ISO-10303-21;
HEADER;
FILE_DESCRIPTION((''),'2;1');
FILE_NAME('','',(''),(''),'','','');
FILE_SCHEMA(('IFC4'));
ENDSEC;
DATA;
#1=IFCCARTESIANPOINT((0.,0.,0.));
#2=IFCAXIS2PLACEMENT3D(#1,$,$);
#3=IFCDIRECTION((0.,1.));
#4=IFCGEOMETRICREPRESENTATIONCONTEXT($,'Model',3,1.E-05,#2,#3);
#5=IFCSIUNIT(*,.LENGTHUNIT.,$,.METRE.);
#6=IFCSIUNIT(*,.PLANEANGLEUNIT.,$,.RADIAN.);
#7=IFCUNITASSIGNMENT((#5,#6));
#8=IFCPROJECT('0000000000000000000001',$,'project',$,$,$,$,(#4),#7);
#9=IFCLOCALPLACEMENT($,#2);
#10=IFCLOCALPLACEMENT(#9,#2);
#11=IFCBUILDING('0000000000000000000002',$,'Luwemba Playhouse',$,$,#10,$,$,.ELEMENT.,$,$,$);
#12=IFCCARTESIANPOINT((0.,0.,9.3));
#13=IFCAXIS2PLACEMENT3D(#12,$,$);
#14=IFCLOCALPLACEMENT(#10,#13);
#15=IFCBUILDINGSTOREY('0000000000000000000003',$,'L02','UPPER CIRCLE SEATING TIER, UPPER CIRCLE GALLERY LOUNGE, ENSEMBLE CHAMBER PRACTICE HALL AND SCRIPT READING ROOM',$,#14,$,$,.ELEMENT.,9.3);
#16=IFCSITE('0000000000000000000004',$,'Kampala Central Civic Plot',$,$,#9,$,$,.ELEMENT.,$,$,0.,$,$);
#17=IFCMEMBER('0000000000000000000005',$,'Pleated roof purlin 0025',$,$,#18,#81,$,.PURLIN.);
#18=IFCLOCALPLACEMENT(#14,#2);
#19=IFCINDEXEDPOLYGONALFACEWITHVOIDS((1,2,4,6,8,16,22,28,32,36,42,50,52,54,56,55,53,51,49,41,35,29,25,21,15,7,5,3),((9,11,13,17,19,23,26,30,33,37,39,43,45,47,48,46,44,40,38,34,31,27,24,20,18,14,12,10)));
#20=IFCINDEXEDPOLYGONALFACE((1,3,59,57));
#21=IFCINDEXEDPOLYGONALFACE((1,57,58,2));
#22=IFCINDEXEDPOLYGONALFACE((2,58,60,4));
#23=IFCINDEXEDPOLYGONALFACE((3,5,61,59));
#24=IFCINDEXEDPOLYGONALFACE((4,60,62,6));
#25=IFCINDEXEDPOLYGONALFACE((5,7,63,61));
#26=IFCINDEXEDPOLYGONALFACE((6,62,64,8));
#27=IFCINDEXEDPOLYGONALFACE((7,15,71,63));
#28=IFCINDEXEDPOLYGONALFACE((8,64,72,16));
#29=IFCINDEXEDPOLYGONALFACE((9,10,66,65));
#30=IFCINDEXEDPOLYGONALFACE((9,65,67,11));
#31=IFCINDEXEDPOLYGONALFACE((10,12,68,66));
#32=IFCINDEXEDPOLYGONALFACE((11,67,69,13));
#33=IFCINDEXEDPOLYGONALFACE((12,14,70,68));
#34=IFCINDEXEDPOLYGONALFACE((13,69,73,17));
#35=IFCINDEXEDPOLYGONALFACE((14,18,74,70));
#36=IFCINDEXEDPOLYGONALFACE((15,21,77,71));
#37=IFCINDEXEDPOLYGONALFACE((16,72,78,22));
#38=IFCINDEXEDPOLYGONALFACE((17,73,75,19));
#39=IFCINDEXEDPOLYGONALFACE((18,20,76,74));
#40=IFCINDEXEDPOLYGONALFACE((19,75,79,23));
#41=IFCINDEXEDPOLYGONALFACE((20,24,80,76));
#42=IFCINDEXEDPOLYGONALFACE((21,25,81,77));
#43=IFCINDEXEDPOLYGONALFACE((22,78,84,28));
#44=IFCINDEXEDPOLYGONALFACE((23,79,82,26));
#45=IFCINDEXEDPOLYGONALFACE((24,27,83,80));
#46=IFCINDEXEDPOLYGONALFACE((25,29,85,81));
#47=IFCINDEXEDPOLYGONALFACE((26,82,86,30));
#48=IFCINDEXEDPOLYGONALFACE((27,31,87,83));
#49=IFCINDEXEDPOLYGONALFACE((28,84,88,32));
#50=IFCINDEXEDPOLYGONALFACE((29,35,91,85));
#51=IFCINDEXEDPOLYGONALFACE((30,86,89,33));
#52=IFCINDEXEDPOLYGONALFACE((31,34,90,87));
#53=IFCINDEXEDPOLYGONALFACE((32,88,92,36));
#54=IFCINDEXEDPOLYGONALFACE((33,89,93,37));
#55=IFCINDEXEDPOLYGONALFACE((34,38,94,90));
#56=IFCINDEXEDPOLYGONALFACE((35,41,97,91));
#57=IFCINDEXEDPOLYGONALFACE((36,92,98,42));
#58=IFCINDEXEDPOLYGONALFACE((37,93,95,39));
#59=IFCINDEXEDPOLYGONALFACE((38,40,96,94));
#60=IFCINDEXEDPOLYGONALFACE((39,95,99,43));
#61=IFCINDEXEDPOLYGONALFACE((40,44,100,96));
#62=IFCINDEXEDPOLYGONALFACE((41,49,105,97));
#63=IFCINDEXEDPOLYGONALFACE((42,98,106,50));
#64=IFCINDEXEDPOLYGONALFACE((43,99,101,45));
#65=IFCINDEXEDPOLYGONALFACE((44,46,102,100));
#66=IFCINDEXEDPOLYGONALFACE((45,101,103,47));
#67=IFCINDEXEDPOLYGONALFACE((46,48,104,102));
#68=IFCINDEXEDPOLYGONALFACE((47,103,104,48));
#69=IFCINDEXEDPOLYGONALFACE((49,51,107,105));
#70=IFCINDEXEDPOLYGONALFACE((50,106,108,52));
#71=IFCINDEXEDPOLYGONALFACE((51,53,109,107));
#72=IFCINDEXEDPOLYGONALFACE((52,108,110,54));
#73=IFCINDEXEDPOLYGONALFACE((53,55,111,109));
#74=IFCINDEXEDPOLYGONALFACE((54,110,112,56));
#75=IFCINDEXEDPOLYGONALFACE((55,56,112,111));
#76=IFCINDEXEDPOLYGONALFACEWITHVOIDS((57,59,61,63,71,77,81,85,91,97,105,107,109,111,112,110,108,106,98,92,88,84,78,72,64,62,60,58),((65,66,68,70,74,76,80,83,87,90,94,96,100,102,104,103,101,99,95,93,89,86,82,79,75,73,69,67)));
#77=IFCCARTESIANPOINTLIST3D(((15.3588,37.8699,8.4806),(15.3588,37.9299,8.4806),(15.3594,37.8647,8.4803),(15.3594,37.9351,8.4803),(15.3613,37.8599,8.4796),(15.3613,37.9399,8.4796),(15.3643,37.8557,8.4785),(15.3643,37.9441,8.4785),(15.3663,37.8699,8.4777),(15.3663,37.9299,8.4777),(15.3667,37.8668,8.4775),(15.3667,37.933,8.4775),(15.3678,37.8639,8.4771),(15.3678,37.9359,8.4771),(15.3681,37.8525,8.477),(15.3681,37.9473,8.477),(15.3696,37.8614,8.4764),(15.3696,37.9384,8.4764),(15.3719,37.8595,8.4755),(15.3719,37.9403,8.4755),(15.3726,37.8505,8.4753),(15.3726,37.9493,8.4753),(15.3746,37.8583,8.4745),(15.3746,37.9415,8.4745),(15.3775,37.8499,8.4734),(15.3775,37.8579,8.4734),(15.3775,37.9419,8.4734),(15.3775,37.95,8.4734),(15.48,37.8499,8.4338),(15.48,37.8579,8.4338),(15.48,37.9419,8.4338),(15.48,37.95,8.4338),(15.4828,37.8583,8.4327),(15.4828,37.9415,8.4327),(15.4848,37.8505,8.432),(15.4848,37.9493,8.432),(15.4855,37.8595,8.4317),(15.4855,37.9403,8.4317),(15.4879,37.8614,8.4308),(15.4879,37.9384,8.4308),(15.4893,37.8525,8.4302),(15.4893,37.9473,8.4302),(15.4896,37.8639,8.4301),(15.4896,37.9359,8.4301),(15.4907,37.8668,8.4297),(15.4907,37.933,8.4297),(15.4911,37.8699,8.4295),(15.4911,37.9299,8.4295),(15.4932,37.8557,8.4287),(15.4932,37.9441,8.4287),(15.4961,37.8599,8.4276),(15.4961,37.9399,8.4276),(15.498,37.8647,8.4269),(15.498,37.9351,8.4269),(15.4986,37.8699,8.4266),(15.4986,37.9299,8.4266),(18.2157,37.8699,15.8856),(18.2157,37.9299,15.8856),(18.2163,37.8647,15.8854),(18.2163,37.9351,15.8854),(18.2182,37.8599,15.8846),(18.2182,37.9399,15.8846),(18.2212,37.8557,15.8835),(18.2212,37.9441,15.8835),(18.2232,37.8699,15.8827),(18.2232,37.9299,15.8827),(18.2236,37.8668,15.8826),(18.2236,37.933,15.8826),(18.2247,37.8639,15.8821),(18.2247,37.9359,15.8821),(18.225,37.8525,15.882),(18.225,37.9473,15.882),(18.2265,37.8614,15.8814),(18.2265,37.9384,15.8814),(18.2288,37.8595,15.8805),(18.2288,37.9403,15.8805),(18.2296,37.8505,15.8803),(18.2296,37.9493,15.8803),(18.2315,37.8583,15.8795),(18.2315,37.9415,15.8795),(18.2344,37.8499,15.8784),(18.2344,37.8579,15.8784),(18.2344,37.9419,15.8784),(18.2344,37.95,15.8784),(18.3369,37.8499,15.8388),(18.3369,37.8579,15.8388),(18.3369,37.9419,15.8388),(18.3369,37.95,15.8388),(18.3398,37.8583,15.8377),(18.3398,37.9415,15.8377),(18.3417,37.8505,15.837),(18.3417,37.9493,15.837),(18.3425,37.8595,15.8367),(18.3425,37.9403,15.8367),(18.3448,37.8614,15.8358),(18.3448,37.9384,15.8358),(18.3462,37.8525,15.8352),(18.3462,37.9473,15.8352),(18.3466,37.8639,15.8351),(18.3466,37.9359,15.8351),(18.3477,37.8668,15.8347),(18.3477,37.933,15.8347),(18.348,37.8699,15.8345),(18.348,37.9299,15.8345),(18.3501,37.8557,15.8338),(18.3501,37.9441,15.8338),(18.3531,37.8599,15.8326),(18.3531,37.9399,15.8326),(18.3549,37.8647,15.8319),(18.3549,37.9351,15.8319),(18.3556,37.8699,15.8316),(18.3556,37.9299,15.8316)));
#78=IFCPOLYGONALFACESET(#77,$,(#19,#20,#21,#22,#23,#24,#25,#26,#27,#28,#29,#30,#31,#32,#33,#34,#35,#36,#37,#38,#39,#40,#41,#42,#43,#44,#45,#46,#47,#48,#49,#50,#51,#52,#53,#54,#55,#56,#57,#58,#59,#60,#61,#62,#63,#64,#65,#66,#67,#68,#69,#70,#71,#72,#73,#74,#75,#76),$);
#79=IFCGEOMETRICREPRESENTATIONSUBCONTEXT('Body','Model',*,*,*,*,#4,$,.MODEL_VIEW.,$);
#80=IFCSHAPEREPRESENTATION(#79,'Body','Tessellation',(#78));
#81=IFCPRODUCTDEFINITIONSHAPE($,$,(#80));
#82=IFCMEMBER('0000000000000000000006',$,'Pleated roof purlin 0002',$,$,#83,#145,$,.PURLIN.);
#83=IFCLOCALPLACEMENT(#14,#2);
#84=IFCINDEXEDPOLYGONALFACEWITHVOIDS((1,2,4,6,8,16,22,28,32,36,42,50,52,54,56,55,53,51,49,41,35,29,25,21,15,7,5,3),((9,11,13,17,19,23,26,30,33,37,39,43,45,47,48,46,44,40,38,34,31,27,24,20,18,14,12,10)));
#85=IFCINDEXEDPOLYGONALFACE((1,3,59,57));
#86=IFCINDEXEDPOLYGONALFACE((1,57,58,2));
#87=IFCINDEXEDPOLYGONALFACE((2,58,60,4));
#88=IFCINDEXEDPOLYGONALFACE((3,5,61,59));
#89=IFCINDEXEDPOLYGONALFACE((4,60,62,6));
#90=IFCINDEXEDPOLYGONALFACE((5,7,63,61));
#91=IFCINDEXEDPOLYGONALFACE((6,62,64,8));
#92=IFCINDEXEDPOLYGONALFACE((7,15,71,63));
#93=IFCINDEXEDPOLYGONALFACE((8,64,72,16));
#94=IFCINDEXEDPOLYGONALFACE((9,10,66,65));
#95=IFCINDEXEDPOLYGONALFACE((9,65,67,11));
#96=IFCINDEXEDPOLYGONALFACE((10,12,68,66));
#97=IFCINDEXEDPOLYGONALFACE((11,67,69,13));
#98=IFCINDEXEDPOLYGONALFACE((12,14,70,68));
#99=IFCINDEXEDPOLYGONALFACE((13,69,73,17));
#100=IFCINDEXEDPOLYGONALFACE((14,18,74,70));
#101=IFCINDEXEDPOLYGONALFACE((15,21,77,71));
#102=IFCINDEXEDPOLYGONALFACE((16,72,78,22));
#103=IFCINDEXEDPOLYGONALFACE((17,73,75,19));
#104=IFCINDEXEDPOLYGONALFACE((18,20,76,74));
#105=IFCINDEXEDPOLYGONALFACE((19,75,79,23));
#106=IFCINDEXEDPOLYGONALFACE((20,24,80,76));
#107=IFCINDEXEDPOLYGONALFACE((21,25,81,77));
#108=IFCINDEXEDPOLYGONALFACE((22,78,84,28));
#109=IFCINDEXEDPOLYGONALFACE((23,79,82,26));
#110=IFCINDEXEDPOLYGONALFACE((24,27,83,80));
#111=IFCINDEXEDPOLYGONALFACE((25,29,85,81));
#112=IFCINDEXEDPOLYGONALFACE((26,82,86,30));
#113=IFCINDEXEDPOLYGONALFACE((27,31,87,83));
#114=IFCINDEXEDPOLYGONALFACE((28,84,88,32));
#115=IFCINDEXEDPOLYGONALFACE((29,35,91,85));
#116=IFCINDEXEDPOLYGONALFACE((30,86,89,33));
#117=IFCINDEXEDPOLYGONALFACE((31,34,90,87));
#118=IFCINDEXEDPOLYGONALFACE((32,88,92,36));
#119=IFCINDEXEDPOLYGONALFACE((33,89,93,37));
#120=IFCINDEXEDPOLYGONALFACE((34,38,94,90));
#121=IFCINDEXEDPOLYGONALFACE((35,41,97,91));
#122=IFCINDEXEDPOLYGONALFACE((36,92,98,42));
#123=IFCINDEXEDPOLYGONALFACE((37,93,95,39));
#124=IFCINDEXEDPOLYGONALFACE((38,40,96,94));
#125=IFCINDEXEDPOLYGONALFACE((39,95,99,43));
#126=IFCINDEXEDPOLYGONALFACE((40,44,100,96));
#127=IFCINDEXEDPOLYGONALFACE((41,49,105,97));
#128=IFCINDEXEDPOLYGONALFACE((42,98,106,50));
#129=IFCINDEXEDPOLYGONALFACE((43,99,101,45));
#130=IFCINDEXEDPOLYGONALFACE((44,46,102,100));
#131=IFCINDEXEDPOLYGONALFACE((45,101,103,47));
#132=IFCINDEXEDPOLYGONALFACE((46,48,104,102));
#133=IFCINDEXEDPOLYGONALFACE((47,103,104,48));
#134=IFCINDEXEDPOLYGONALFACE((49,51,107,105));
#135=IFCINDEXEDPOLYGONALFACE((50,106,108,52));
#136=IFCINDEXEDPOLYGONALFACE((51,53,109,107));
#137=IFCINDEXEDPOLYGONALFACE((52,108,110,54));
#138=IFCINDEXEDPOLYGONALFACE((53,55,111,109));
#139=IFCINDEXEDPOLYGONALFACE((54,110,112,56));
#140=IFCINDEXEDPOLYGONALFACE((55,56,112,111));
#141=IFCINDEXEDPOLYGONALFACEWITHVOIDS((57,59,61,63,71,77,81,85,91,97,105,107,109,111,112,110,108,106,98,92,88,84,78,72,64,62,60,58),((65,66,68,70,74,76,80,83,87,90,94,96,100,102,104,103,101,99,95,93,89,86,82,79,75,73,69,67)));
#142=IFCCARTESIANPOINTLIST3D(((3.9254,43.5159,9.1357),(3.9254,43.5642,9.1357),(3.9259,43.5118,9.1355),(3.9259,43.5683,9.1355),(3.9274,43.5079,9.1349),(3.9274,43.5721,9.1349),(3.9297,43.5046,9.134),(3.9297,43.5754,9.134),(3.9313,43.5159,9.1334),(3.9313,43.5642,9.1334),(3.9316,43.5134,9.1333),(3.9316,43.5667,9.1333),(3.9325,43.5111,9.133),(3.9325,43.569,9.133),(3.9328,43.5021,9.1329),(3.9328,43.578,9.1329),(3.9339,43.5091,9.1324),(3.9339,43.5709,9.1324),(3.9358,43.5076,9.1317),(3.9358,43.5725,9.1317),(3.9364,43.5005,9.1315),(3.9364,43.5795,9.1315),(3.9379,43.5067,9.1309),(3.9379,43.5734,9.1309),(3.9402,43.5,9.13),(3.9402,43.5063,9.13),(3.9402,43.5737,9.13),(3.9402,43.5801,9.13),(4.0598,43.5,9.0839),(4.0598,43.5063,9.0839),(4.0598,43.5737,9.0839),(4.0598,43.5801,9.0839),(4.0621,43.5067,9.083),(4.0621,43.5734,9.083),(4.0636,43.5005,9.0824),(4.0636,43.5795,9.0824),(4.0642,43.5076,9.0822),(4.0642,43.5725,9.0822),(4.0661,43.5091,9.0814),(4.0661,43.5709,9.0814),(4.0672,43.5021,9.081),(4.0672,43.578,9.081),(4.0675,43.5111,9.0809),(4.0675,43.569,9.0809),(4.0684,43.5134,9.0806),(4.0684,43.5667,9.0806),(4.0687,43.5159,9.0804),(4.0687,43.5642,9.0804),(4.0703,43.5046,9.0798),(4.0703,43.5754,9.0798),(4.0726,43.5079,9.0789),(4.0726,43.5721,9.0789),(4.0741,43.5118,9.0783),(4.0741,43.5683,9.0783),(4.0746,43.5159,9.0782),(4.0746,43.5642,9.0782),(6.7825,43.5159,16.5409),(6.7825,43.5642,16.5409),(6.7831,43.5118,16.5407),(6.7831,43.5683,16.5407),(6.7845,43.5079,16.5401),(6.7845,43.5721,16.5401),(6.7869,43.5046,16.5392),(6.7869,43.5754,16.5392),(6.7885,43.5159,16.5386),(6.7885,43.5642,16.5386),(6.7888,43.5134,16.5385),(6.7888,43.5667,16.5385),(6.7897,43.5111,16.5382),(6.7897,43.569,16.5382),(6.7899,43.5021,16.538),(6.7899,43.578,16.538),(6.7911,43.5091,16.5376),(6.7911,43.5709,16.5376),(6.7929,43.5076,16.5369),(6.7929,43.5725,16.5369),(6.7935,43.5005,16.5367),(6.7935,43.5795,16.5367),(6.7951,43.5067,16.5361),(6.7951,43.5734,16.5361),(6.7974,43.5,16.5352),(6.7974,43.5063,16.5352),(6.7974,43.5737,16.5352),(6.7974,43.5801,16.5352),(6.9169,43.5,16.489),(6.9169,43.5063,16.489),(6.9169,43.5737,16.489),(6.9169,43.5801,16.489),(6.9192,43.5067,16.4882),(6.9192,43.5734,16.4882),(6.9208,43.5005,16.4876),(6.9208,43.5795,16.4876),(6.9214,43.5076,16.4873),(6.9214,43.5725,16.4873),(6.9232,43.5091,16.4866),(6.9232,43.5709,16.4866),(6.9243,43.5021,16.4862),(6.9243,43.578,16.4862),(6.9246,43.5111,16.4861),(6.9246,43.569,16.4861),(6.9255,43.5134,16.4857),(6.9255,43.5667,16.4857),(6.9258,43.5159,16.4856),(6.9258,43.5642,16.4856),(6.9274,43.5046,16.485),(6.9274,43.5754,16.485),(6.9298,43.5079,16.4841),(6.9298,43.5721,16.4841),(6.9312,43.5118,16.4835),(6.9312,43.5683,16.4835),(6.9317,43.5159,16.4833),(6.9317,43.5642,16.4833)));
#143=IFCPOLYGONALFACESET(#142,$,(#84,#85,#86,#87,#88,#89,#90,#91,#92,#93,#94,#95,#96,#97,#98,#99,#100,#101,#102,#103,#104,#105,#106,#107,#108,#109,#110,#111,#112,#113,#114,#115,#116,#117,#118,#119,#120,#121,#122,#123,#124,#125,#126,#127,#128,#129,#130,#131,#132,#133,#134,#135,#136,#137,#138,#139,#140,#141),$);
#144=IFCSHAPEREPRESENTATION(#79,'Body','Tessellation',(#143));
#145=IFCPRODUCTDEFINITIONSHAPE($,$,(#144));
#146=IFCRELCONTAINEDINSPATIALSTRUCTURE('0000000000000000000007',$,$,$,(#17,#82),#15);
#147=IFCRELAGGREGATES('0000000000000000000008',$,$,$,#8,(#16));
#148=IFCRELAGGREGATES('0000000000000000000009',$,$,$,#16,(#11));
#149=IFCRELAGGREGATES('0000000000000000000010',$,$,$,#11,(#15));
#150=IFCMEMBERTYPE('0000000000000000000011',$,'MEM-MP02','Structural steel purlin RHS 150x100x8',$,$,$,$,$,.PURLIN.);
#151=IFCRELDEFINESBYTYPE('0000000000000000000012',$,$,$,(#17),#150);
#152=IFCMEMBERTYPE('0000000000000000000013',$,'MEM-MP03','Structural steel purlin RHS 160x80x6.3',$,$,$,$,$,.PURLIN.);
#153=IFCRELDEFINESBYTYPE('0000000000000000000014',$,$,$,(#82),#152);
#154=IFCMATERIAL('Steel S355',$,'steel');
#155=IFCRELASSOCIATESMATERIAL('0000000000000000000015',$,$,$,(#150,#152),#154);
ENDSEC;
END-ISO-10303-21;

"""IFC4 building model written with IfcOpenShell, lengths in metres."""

from ifc_helpers import new_model, si_unit, direction, frame, origin, origin_2d, place, context, subcontext, project, spatial, hollow_rectangle, extrude, material, material_profile, profile_set, type_object, element, save


model = new_model("IFC4")

# Units and contexts
model_context = context("Model", 3, precision=1e-05, world=origin(), true_north=direction((0.0, 1.0)))
body_context = subcontext(model_context, "Body", "Model", "MODEL_VIEW")
ifc_project = project(units=[si_unit("LENGTHUNIT", "METRE"), si_unit("PLANEANGLEUNIT", "RADIAN")], contexts=[model_context])

# Site, building, storey
site_placement = place(None, origin())
site = spatial("IfcSite", under=ifc_project, at=site_placement, Name="Kampala Central Civic Plot", CompositionType="ELEMENT", RefElevation=0.0)
building_placement = place(site_placement, origin())
building = spatial("IfcBuilding", under=site, at=building_placement, Name="Luwemba Playhouse", CompositionType="ELEMENT")
storey_placement = place(building_placement, frame((0.0, 0.0, 9.3)))
storey = spatial("IfcBuildingStorey", under=building, at=storey_placement, Name="L02", Description="UPPER CIRCLE SEATING TIER, UPPER CIRCLE GALLERY LOUNGE, ENSEMBLE CHAMBER PRACTICE HALL AND SCRIPT READING ROOM", CompositionType="ELEMENT", Elevation=9.3)

# Shared definitions
ifc_material_1 = material(Name="Steel S355", Category="steel")

# Members
ifc_material_profile_1 = material_profile(ifc_material_1, hollow_rectangle(XDim=0.1001, YDim=0.1499, WallThickness=0.0081, InnerFilletRadius=0.012, OuterFilletRadius=0.02, at=origin_2d()))
ifc_profile_set_1 = profile_set([ifc_material_profile_1], Name="Steel S355")
member_type_1 = type_object("IfcMemberType", Name="MEM-MP02", Description="Structural steel purlin RHS 150x100x8", PredefinedType="PURLIN", material=ifc_profile_set_1)
member_1_placement = place(storey_placement, frame((15.4287, 37.8999, 8.4536), z_axis=(0.35995, 0.0, 0.932972), x_axis=(0.0, 1.0, 0.0)))
element("IfcMember", 1, at=member_1_placement, inside=storey, type_object=member_type_1, Name="Pleated roof purlin 0025", PredefinedType="PURLIN", context=body_context, shape_type="SweptSolid", body=[
    extrude(hollow_rectangle(XDim=0.1001, YDim=0.1499, WallThickness=0.0081, InnerFilletRadius=0.012, OuterFilletRadius=0.02, at=origin_2d()), origin(), (0.0, 0.0, 1.0), 7.937),
])
ifc_material_profile_2 = material_profile(ifc_material_1, hollow_rectangle(XDim=0.0801, YDim=0.1599, WallThickness=0.0063, InnerFilletRadius=0.0095, OuterFilletRadius=0.0159, at=origin_2d()))
ifc_profile_set_2 = profile_set([ifc_material_profile_2], Name="Steel S355")
member_type_2 = type_object("IfcMemberType", Name="MEM-MP03", Description="Structural steel purlin RHS 160x80x6.3", PredefinedType="PURLIN", material=ifc_profile_set_2)
member_2_placement = place(storey_placement, frame((4.0, 43.54, 9.1069), z_axis=(0.359966, 0.0, 0.932965), x_axis=(0.0, 1.0, 0.0)))
element("IfcMember", 2, at=member_2_placement, inside=storey, type_object=member_type_2, Name="Pleated roof purlin 0002", PredefinedType="PURLIN", context=body_context, shape_type="SweptSolid", body=[
    extrude(hollow_rectangle(XDim=0.0801, YDim=0.1599, WallThickness=0.0063, InnerFilletRadius=0.0095, OuterFilletRadius=0.0159, at=origin_2d()), origin(), (0.0, 0.0, 1.0), 7.9373),
])

save(model, "model.ifc")
